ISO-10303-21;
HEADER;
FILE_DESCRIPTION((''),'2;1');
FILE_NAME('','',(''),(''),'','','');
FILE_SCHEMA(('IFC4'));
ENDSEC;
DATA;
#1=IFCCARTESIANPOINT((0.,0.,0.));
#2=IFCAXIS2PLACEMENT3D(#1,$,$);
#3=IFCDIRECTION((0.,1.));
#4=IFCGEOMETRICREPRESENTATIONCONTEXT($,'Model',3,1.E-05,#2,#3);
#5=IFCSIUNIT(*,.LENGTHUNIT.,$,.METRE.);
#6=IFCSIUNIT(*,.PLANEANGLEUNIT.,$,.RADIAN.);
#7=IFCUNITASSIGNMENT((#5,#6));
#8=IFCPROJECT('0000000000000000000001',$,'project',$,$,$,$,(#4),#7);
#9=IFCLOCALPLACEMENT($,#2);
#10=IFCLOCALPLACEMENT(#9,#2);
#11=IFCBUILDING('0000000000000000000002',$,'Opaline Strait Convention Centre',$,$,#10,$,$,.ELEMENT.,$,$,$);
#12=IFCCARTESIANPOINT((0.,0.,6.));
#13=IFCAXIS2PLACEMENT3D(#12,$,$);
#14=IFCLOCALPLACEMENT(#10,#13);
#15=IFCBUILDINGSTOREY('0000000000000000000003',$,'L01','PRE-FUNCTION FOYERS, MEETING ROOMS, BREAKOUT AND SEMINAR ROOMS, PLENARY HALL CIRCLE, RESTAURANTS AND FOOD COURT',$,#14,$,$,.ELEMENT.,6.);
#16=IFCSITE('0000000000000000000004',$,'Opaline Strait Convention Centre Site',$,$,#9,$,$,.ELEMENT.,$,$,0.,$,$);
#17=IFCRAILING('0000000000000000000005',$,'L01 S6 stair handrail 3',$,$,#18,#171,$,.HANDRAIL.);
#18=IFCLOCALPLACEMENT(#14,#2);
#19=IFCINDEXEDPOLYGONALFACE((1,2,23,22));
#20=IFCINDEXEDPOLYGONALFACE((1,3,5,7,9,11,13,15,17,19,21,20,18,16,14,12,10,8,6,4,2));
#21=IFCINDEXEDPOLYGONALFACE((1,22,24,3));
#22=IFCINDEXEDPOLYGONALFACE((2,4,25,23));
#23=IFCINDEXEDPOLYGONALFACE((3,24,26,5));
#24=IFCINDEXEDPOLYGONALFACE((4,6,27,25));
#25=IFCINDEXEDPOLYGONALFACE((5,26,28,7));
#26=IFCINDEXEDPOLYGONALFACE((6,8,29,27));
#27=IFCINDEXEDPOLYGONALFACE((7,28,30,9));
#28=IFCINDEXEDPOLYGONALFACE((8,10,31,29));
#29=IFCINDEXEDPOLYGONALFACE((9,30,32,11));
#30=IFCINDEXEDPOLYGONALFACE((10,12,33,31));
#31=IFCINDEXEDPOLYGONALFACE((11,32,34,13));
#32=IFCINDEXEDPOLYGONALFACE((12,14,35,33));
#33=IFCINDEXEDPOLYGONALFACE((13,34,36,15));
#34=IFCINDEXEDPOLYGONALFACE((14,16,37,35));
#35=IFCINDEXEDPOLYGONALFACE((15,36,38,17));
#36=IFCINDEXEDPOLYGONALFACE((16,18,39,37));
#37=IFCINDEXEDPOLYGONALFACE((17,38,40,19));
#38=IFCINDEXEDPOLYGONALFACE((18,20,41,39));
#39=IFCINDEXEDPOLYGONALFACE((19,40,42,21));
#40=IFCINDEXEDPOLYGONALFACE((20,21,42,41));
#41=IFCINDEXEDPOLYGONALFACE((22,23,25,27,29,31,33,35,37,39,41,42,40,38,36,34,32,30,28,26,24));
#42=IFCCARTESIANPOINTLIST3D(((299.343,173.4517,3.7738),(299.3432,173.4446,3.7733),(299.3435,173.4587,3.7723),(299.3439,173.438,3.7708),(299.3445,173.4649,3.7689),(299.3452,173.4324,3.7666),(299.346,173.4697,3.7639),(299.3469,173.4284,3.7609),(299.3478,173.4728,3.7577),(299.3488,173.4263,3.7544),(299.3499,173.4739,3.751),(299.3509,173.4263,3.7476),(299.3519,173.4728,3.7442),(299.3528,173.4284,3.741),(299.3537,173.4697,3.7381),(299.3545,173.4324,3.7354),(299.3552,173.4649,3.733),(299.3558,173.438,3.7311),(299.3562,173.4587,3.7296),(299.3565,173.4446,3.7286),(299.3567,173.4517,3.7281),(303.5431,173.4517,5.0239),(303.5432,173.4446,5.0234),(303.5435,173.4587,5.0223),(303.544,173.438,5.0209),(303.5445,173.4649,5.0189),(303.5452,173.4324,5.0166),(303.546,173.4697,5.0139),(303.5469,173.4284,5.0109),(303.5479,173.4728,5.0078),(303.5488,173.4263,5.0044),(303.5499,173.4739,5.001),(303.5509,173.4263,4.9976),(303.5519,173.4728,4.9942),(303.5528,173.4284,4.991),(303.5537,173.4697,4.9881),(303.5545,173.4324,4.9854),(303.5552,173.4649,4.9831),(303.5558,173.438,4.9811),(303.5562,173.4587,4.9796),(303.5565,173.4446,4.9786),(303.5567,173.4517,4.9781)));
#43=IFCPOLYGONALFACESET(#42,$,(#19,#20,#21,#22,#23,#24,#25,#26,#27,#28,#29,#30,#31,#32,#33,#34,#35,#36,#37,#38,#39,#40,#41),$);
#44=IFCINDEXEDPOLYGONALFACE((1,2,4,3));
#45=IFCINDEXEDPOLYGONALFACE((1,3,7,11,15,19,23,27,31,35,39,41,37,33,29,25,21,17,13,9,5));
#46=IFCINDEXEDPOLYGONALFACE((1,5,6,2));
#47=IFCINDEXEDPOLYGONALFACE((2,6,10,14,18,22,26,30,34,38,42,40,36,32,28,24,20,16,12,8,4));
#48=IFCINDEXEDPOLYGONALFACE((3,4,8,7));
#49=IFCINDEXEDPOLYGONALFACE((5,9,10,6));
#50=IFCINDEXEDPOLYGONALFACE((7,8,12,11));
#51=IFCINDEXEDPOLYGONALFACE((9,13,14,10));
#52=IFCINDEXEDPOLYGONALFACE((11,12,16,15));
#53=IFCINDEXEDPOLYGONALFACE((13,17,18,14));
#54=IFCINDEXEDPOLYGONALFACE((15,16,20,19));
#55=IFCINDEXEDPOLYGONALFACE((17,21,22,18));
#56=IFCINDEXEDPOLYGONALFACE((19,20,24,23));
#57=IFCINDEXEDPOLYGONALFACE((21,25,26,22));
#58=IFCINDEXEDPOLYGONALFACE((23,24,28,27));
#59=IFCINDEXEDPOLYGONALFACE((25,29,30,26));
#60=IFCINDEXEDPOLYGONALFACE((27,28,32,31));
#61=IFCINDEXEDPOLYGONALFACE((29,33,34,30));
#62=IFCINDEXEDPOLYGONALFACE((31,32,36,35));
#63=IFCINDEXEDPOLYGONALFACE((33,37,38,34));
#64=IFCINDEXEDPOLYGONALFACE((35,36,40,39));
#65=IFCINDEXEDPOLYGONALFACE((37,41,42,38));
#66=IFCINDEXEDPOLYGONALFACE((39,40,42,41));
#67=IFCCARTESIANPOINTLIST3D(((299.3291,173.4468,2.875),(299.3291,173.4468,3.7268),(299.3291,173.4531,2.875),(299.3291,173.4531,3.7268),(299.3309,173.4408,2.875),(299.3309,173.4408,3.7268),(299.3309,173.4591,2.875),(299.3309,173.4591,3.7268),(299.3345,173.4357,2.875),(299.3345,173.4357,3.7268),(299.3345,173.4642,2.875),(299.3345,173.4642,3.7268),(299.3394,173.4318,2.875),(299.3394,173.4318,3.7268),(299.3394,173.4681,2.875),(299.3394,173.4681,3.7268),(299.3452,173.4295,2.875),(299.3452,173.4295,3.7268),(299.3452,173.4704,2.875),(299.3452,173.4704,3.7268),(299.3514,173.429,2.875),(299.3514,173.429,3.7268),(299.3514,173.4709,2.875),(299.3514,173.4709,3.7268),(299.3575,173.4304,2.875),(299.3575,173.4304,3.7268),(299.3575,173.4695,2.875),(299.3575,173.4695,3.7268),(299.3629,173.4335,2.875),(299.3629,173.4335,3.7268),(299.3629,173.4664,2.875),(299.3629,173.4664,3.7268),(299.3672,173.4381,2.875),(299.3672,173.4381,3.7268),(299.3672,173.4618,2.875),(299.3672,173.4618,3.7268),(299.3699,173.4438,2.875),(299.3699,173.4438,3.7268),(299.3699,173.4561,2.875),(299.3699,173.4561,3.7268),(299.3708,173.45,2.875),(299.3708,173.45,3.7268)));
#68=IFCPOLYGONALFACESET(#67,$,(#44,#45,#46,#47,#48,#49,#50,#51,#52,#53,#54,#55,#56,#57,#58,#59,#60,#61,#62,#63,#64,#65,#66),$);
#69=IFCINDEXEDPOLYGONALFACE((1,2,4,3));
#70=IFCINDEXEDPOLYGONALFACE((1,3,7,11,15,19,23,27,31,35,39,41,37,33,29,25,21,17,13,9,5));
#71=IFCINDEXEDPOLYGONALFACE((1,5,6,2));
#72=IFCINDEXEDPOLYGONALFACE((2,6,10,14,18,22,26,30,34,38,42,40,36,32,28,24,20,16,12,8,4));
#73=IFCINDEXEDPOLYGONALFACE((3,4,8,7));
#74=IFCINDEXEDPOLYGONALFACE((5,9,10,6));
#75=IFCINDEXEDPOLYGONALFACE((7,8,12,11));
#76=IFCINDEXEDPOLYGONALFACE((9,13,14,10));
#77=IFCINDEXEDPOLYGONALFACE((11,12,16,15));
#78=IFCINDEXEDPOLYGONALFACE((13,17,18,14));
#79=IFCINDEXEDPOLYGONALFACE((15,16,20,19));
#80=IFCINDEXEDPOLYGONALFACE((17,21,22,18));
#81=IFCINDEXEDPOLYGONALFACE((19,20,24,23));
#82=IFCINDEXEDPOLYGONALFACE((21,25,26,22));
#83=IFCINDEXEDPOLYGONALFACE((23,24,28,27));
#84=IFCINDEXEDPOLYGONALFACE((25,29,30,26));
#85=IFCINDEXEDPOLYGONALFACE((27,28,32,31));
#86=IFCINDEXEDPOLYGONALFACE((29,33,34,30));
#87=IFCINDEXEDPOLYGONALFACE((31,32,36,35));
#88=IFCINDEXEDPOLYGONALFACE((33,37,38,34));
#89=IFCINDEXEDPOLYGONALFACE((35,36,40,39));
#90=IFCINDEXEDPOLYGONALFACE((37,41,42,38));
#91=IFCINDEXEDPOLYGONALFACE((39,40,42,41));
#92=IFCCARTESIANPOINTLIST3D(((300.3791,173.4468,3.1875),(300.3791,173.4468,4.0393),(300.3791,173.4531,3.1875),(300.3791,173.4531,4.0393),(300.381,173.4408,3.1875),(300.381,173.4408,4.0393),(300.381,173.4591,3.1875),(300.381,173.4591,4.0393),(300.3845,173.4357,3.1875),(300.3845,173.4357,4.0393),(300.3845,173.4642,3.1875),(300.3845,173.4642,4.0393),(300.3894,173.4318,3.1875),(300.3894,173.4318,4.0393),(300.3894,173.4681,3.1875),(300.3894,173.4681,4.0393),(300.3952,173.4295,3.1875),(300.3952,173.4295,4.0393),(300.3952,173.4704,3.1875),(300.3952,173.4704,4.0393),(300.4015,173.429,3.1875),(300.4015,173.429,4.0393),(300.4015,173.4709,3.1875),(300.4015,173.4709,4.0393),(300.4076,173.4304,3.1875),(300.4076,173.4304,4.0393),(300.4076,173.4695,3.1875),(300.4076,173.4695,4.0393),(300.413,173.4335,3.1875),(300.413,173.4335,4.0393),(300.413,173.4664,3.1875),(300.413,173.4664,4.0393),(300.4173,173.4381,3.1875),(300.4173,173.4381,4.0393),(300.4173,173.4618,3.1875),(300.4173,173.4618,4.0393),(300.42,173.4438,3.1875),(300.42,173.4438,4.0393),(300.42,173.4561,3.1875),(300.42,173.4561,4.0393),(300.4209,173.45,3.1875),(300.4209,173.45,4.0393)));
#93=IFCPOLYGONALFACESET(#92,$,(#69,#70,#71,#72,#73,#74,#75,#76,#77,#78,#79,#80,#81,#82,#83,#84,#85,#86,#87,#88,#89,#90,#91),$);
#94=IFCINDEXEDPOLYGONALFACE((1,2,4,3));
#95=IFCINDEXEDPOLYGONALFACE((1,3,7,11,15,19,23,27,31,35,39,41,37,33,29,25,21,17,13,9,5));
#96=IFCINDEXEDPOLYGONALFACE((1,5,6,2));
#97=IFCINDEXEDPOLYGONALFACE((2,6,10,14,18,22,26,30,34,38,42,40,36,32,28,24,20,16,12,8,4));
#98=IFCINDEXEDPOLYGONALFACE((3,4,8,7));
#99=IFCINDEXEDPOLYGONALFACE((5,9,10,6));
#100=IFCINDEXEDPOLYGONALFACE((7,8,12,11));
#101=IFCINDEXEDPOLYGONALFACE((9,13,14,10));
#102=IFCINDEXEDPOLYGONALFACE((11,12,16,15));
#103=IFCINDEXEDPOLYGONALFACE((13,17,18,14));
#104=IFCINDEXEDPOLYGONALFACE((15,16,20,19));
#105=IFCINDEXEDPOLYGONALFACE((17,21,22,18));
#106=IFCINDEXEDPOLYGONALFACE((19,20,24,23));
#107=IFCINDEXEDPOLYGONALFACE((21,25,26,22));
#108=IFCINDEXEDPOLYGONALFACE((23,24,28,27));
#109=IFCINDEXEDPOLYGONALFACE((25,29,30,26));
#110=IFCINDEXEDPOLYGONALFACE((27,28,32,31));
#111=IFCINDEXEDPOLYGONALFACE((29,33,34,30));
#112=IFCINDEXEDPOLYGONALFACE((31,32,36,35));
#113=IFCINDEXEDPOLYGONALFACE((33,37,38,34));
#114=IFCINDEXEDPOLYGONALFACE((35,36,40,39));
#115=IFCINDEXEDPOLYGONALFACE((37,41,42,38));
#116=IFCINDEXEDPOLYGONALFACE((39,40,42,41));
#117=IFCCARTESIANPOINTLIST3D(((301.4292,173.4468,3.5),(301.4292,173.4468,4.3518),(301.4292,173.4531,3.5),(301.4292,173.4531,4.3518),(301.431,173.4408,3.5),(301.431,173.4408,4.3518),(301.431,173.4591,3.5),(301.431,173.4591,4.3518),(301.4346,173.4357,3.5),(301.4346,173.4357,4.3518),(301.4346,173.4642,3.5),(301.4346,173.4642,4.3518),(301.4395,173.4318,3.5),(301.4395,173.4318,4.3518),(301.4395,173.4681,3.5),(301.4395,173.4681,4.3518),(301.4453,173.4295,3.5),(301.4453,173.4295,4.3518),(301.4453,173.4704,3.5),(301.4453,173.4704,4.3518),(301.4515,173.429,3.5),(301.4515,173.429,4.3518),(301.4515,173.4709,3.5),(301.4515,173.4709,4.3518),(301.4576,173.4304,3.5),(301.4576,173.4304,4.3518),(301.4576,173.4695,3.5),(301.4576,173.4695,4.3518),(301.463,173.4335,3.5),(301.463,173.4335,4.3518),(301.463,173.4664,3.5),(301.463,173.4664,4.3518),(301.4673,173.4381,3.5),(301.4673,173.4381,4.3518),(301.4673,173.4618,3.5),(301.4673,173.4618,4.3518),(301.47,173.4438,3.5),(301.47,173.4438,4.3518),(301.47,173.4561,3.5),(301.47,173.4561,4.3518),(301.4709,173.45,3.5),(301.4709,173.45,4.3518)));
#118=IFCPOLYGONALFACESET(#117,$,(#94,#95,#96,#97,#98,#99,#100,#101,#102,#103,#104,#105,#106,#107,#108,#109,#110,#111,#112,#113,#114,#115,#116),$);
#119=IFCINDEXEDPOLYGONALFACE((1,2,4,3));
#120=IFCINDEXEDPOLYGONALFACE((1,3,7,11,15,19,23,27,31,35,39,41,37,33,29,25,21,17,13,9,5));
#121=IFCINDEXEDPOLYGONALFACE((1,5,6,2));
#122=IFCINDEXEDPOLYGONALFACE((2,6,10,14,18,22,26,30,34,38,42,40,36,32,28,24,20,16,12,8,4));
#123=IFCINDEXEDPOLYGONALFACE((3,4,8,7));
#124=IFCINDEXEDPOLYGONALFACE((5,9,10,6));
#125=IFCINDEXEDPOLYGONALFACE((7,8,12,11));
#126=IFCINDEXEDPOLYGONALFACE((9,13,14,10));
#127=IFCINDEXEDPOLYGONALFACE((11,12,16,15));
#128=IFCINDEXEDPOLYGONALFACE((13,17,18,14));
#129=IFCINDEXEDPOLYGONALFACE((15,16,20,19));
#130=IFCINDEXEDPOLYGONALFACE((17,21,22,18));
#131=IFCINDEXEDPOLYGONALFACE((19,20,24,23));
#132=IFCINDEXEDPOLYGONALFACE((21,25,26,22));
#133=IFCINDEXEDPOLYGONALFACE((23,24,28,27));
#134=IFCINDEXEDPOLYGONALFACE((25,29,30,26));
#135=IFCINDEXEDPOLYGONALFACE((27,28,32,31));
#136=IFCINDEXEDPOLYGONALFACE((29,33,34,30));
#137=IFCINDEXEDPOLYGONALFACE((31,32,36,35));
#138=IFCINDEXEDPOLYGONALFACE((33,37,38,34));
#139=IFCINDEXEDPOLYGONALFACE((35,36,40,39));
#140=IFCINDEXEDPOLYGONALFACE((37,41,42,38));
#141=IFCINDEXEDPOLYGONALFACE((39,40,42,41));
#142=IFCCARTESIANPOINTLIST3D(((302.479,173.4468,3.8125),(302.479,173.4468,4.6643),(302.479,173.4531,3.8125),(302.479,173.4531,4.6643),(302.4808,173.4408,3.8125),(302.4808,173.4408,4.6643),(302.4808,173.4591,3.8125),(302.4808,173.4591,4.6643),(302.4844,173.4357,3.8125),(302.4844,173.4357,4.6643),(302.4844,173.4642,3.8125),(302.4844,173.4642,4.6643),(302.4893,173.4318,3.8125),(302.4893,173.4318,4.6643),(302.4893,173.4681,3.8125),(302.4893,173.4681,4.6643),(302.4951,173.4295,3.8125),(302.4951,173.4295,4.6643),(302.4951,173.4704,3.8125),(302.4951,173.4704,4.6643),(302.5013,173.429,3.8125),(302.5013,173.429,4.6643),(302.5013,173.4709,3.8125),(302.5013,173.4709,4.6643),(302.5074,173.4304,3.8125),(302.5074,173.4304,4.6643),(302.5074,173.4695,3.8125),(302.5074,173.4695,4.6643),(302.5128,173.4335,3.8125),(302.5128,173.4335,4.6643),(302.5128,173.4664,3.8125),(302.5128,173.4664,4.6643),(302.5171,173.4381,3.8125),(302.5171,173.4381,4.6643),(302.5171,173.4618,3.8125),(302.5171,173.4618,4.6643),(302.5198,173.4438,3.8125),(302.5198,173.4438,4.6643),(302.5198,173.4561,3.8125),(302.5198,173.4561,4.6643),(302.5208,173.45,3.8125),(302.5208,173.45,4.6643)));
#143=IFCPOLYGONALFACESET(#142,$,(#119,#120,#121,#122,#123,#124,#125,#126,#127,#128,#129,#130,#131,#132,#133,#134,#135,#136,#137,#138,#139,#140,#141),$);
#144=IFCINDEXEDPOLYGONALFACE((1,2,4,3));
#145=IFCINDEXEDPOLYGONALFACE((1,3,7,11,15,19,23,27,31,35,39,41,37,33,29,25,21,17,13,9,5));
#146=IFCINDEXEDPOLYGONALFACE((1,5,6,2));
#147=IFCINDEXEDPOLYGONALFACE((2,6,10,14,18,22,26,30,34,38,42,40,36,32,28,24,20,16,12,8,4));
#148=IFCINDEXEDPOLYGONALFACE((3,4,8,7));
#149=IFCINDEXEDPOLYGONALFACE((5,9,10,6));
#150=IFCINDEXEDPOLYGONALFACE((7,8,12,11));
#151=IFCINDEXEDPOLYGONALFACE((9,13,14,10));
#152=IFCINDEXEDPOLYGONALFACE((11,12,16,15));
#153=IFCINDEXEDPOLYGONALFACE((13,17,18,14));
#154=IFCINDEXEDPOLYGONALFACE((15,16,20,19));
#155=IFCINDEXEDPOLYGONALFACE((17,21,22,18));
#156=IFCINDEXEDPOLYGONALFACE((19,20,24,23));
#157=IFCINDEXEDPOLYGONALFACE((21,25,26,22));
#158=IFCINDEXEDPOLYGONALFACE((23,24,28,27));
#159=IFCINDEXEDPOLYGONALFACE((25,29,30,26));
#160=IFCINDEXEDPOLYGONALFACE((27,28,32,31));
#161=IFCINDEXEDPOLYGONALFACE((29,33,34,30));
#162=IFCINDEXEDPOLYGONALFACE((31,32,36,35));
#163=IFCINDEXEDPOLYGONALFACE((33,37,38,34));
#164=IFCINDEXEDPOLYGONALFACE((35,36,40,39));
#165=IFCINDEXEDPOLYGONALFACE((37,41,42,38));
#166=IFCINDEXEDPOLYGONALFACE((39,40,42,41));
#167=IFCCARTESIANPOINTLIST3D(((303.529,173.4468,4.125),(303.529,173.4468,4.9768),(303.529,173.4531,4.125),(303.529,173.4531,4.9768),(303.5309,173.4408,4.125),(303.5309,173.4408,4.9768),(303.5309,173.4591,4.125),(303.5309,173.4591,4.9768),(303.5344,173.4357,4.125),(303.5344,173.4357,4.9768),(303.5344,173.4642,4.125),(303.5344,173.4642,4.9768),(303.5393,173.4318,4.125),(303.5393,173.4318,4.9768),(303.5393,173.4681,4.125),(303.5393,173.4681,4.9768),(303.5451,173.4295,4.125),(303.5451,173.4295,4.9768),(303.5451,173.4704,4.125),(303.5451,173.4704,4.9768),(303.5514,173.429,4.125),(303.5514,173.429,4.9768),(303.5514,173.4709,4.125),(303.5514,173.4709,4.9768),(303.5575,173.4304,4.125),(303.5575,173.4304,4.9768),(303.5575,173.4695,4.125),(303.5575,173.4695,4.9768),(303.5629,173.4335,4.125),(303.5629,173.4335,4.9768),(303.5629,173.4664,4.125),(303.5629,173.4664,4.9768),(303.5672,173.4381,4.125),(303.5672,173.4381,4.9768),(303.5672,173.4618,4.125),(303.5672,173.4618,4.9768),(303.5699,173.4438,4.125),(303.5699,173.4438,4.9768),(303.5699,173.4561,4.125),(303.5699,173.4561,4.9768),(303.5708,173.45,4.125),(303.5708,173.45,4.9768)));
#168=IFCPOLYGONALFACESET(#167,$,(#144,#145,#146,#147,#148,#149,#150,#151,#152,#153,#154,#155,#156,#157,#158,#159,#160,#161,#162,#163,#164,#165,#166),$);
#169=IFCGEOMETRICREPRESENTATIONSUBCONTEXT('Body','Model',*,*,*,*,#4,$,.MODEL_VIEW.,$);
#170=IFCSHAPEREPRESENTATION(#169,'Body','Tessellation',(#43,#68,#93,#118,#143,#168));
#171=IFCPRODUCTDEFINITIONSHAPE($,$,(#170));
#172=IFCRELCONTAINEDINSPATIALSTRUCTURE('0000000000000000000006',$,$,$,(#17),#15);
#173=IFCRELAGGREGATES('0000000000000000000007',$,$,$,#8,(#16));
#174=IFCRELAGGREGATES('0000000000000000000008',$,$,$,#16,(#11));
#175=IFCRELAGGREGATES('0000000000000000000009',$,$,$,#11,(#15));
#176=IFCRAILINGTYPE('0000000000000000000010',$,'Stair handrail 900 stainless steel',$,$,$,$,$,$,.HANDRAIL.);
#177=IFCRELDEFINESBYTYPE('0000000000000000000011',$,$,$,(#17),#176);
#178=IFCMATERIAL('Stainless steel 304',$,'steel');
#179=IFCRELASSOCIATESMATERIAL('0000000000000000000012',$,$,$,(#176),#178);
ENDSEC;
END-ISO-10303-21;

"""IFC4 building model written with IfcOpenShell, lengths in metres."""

from ifc_helpers import new_model, si_unit, direction, frame, origin, origin_2d, place, context, subcontext, project, spatial, circle, extrude, material, type_object, element, save


model = new_model("IFC4")

# Units and contexts
model_context = context("Model", 3, precision=1e-05, world=origin(), true_north=direction((0.0, 1.0)))
body_context = subcontext(model_context, "Body", "Model", "MODEL_VIEW")
ifc_project = project(units=[si_unit("LENGTHUNIT", "METRE"), si_unit("PLANEANGLEUNIT", "RADIAN")], contexts=[model_context])

# Site, building, storey
site_placement = place(None, origin())
site = spatial("IfcSite", under=ifc_project, at=site_placement, Name="Opaline Strait Convention Centre Site", CompositionType="ELEMENT", RefElevation=0.0)
building_placement = place(site_placement, origin())
building = spatial("IfcBuilding", under=site, at=building_placement, Name="Opaline Strait Convention Centre", CompositionType="ELEMENT")
storey_placement = place(building_placement, frame((0.0, 0.0, 6.0)))
storey = spatial("IfcBuildingStorey", under=building, at=storey_placement, Name="L01", Description="PRE-FUNCTION FOYERS, MEETING ROOMS, BREAKOUT AND SEMINAR ROOMS, PLENARY HALL CIRCLE, RESTAURANTS AND FOOD COURT", CompositionType="ELEMENT", Elevation=6.0)

# Railing
ifc_material_1 = material(Name="Stainless steel 304", Category="steel")
railing_type_1 = type_object("IfcRailingType", Name="Stair handrail 900 stainless steel", PredefinedType="HANDRAIL", material=ifc_material_1)
railing_1_placement = place(storey_placement, frame((299.3499, 173.45, 2.875)))
element("IfcRailing", 1, at=railing_1_placement, inside=storey, type_object=railing_type_1, Name="L01 S6 stair handrail 3", PredefinedType="HANDRAIL", context=body_context, shape_type="SweptSolid", body=[
    extrude(circle(Radius=0.0239, at=origin_2d()), frame((0.0, 0.0, 0.876), z_axis=(0.958451, 0.0, 0.285257), x_axis=(0.0, 1.0, 0.0)), (0.0, 0.0, 1.0), 4.3821),
    extrude(circle(Radius=0.021, at=origin_2d()), origin(), (0.0, 0.0, 1.0), 0.8518),
    extrude(circle(Radius=0.021, at=origin_2d()), frame((1.05, 0.0, 0.3125)), (0.0, 0.0, 1.0), 0.8518),
    extrude(circle(Radius=0.021, at=origin_2d()), frame((2.1001, 0.0, 0.625)), (0.0, 0.0, 1.0), 0.8518),
    extrude(circle(Radius=0.021, at=origin_2d()), frame((3.1499, 0.0, 0.9375)), (0.0, 0.0, 1.0), 0.8518),
    extrude(circle(Radius=0.021, at=origin_2d()), frame((4.2, 0.0, 1.25)), (0.0, 0.0, 1.0), 0.8518),
])

save(model, "model.ifc")
